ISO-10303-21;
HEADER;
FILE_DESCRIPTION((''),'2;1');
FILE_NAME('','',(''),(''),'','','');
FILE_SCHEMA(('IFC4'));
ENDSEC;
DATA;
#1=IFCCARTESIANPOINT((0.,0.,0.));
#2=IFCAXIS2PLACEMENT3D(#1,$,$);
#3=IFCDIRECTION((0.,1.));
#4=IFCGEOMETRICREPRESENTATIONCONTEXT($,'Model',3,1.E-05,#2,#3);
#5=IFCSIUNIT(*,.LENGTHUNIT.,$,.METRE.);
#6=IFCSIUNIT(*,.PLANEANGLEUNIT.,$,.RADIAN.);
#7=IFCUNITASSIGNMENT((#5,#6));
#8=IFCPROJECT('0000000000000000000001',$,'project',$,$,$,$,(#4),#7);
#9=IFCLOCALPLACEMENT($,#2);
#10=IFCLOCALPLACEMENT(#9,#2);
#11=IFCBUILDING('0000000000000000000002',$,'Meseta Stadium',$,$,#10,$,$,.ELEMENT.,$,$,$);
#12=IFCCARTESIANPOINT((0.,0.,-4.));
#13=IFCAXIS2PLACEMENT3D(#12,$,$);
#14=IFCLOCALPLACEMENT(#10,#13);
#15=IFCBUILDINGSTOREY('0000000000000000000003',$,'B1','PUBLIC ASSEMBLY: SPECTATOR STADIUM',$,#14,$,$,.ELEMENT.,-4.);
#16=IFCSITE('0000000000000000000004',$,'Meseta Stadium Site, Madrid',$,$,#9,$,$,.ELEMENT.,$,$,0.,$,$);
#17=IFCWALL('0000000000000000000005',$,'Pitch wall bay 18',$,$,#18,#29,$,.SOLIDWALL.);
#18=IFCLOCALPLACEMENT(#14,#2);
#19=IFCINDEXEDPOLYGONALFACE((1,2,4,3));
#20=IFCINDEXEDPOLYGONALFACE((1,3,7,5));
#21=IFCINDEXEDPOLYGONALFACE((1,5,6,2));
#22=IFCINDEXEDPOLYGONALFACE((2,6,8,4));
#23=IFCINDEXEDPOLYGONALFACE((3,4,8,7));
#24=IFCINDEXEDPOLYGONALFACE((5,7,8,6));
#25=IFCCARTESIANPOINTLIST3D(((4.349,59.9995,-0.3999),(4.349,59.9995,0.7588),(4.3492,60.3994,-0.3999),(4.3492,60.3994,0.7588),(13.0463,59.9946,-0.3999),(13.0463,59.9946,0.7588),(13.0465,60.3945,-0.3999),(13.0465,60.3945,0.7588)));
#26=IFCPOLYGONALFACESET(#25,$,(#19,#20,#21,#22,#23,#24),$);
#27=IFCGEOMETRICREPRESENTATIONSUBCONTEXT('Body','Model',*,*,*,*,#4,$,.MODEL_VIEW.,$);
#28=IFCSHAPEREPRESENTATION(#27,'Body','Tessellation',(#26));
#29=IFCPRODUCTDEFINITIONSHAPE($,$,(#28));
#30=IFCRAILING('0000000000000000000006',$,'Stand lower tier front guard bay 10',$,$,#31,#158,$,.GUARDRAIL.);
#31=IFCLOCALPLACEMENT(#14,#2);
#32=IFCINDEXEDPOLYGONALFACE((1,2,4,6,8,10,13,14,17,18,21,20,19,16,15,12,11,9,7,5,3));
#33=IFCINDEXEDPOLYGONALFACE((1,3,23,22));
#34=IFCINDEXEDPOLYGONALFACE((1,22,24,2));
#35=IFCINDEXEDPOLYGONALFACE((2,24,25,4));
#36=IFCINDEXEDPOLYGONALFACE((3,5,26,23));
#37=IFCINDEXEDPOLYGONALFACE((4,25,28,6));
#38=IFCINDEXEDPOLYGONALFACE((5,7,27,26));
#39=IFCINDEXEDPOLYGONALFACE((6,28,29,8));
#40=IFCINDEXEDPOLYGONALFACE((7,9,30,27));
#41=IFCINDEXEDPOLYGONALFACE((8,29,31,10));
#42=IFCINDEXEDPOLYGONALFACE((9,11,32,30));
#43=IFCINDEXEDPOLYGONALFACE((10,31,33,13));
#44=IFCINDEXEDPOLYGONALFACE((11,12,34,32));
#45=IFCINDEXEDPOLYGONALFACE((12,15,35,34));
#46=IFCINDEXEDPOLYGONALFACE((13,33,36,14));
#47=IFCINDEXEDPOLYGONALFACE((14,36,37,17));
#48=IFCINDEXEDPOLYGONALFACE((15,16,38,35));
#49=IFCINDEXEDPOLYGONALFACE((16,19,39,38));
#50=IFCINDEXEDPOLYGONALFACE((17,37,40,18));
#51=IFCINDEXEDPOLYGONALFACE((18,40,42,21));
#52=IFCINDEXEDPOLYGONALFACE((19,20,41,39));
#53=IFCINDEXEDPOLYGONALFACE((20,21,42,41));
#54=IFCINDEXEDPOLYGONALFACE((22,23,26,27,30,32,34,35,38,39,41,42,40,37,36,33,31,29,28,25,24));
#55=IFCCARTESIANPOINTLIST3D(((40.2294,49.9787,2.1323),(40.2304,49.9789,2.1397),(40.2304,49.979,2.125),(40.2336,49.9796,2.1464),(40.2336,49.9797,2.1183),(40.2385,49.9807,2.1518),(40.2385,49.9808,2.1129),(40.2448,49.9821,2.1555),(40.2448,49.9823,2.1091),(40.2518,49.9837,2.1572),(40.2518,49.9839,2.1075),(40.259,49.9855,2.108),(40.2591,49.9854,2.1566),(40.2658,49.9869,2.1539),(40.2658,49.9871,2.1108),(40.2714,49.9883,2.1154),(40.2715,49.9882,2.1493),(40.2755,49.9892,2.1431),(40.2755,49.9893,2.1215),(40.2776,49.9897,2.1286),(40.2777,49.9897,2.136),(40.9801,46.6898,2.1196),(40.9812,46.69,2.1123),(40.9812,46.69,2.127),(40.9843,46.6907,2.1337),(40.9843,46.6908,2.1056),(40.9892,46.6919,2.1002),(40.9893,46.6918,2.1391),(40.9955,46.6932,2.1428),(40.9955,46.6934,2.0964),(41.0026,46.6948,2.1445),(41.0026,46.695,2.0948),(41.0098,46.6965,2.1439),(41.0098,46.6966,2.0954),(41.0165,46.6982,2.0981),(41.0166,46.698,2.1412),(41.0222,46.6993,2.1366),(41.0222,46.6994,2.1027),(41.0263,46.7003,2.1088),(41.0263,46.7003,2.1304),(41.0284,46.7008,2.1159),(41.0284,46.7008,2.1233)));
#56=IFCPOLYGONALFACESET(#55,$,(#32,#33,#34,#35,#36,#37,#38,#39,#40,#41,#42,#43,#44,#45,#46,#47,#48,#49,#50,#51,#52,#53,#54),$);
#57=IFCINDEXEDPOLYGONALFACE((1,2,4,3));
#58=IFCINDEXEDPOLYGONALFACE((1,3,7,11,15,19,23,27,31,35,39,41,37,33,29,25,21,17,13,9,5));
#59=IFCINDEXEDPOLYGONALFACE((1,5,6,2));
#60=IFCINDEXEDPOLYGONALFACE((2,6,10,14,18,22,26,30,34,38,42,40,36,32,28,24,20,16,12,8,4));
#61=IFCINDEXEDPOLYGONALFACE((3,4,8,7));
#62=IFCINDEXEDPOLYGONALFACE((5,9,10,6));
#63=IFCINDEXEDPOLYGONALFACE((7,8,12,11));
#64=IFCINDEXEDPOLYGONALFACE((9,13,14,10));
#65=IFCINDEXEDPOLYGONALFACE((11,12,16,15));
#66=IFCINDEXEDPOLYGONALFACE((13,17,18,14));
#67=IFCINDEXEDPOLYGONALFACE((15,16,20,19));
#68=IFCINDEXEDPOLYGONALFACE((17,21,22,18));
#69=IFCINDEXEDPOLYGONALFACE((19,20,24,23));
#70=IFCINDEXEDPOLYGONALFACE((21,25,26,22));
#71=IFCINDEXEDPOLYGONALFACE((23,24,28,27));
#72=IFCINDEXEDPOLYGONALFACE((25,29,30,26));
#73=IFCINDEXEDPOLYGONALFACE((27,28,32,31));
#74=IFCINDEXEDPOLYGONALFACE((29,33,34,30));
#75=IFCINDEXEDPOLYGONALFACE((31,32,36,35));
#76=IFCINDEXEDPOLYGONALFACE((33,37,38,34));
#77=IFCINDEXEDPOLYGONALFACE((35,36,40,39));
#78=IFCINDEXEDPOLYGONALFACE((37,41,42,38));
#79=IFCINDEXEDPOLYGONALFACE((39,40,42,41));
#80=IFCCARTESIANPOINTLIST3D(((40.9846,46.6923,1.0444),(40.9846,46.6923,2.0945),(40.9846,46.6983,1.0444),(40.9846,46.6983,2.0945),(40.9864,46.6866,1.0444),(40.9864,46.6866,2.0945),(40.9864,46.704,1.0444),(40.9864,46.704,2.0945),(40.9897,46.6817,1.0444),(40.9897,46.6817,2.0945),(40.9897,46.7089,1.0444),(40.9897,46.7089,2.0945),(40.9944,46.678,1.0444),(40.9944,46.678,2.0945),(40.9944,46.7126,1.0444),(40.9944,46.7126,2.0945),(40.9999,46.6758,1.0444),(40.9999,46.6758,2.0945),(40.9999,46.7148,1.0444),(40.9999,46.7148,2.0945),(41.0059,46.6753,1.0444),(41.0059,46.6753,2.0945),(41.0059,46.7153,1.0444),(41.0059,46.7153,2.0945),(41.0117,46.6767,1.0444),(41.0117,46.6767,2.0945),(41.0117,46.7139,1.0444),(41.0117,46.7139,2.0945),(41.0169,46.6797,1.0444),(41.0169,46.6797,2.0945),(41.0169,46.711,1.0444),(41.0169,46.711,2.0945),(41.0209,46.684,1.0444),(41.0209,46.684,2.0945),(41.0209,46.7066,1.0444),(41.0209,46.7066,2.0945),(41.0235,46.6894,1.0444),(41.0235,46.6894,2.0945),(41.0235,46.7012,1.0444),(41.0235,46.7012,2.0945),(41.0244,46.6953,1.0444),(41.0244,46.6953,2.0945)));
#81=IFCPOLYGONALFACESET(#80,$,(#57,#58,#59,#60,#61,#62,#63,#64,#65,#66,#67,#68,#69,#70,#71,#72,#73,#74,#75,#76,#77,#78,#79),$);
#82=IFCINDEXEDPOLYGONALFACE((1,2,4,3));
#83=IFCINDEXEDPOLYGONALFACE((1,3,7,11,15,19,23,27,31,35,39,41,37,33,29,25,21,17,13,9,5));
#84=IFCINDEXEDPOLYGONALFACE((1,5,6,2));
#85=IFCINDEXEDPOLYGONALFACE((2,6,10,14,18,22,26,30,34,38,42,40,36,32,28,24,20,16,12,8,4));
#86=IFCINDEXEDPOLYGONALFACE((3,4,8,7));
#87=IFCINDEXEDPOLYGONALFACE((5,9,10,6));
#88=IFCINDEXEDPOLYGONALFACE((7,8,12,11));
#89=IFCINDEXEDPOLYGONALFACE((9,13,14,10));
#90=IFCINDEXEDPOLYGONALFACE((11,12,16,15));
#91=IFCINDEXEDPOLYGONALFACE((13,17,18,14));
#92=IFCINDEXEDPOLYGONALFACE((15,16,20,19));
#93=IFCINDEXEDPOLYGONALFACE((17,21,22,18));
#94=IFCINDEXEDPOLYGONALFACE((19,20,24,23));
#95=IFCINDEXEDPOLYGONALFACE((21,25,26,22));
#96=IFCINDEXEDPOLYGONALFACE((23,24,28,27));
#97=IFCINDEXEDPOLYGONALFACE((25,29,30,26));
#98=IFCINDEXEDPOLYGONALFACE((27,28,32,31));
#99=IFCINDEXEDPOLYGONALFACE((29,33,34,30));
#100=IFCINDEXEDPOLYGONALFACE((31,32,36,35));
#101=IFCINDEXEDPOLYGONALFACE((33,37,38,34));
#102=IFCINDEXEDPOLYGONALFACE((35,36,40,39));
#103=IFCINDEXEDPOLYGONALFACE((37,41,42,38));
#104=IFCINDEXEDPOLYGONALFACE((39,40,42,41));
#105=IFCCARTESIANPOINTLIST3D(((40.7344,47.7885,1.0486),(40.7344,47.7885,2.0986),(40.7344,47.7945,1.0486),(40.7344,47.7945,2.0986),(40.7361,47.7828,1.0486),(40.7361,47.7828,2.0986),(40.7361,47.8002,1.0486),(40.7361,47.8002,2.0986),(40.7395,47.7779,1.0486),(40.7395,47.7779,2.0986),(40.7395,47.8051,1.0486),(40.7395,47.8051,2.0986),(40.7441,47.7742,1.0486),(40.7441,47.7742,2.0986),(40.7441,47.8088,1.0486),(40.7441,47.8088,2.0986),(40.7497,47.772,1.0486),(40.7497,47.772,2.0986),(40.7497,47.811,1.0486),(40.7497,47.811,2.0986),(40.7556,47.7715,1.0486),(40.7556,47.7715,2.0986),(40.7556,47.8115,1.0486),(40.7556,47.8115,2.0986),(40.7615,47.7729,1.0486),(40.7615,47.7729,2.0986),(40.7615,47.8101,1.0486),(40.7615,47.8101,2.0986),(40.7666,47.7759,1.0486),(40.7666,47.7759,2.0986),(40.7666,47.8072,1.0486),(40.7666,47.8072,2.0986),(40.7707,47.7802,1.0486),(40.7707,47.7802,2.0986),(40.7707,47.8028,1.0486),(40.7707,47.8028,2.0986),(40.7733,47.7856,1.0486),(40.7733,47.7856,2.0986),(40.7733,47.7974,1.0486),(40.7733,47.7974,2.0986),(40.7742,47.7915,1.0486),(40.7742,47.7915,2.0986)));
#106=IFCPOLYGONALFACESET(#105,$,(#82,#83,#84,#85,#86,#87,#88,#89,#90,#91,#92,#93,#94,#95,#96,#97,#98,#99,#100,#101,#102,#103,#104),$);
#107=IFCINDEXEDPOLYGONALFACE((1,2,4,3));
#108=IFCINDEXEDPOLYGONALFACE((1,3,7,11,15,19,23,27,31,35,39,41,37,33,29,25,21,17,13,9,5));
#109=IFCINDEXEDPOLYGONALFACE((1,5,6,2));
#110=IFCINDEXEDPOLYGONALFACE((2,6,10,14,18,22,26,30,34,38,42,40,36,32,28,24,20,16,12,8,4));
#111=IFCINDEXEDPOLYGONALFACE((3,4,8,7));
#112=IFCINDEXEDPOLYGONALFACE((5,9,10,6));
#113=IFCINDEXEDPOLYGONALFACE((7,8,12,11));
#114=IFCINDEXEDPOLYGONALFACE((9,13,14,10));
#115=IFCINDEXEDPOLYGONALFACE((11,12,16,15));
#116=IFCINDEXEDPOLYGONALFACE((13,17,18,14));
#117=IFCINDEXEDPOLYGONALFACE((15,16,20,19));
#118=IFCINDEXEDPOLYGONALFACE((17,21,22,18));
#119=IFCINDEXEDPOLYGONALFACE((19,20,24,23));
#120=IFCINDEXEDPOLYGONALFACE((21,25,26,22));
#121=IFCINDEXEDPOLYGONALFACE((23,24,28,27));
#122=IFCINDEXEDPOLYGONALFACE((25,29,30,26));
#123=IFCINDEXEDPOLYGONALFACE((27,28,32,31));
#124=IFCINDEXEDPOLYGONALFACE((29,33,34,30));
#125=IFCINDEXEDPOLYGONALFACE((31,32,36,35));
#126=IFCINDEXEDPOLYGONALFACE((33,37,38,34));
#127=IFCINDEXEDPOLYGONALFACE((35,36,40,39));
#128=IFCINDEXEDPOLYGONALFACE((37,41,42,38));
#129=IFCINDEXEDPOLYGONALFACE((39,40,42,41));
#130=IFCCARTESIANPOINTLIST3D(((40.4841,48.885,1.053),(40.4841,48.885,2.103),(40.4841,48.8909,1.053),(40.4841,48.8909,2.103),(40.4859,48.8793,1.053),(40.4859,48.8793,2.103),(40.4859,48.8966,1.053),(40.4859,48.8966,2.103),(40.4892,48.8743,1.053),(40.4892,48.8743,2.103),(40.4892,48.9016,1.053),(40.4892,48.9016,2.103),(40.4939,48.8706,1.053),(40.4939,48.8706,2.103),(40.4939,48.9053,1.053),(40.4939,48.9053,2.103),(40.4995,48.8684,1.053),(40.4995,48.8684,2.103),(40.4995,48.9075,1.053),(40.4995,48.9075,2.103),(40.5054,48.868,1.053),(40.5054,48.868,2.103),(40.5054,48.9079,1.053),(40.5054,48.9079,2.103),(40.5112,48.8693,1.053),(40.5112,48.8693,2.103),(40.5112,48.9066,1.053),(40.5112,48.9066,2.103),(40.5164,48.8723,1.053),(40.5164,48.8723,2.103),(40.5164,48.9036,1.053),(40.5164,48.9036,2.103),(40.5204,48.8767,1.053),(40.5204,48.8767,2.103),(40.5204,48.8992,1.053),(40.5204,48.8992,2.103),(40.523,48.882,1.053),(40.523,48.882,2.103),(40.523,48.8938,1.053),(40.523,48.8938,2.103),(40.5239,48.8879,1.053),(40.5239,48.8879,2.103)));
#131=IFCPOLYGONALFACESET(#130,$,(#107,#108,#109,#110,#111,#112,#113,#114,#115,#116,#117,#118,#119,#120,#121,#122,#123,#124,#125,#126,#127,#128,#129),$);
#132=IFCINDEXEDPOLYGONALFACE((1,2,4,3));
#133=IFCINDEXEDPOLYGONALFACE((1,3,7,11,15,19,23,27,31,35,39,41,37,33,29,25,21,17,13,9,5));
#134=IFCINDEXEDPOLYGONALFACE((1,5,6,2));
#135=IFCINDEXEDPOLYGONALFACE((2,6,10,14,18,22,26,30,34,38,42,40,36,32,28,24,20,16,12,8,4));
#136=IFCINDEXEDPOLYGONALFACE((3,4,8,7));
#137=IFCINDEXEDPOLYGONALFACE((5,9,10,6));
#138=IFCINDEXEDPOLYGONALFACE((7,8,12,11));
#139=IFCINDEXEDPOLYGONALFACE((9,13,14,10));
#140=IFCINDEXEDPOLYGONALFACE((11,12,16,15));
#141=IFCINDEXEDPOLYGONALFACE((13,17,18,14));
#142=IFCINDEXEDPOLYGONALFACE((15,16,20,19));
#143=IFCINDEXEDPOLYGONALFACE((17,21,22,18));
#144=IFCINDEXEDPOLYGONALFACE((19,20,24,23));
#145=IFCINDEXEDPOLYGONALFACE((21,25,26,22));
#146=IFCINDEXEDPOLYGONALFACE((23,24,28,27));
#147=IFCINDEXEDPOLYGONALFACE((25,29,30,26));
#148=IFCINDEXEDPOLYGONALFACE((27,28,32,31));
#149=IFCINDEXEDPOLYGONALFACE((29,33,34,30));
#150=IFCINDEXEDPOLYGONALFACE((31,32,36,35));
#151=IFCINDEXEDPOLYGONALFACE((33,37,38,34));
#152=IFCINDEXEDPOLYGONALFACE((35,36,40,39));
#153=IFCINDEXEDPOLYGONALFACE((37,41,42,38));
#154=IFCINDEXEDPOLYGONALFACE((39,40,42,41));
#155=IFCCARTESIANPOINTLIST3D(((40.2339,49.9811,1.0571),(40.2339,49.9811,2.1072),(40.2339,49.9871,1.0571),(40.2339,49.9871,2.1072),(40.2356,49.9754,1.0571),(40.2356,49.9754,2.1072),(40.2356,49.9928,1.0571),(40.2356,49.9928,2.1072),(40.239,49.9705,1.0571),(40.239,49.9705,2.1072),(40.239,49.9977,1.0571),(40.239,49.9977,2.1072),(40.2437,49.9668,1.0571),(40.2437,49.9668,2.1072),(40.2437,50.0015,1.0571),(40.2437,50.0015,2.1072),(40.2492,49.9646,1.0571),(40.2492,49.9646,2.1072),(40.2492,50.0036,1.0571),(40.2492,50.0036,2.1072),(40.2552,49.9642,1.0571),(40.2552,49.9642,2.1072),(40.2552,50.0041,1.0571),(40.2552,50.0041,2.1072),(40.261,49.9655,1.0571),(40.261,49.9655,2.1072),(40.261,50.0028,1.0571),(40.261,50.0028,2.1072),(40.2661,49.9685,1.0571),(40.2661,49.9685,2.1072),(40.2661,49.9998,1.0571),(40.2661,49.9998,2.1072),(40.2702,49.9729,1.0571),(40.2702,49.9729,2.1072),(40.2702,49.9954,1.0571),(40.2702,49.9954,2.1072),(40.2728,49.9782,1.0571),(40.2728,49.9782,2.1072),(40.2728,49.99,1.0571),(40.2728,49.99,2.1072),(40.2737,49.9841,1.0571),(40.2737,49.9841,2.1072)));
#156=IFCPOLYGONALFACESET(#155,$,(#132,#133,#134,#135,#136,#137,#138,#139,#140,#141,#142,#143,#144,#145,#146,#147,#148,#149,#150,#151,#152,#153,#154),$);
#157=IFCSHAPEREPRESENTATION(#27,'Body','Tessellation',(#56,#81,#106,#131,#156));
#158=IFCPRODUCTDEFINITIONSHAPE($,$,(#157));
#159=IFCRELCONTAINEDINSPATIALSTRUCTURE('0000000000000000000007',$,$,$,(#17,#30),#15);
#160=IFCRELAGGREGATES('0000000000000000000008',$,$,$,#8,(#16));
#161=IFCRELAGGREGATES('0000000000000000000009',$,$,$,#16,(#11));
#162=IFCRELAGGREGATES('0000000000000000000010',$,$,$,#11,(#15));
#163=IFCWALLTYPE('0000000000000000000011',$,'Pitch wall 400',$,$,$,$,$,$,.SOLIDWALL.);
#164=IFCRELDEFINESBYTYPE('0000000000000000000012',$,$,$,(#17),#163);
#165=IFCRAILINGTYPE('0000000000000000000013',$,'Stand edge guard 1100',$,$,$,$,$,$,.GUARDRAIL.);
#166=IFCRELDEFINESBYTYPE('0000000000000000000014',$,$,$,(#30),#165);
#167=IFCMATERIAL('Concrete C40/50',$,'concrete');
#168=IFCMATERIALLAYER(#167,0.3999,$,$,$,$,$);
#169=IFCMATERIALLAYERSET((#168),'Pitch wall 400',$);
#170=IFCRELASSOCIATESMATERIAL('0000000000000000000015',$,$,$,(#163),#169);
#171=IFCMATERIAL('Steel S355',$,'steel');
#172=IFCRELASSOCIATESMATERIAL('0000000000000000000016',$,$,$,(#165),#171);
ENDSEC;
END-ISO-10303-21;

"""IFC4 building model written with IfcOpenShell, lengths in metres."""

from ifc_helpers import new_model, si_unit, direction, frame, frame_2d, origin, origin_2d, place, context, subcontext, project, spatial, rectangle, circle, extrude, material, layer, layer_set, type_object, element, save


model = new_model("IFC4")

# Units and contexts
model_context = context("Model", 3, precision=1e-05, world=origin(), true_north=direction((0.0, 1.0)))
body_context = subcontext(model_context, "Body", "Model", "MODEL_VIEW")
ifc_project = project(units=[si_unit("LENGTHUNIT", "METRE"), si_unit("PLANEANGLEUNIT", "RADIAN")], contexts=[model_context])

# Site, building, storey
site_placement = place(None, origin())
site = spatial("IfcSite", under=ifc_project, at=site_placement, Name="Meseta Stadium Site, Madrid", CompositionType="ELEMENT", RefElevation=0.0)
building_placement = place(site_placement, origin())
building = spatial("IfcBuilding", under=site, at=building_placement, Name="Meseta Stadium", CompositionType="ELEMENT")
storey_placement = place(building_placement, frame((0.0, 0.0, -4.0)))
storey = spatial("IfcBuildingStorey", under=building, at=storey_placement, Name="B1", Description="PUBLIC ASSEMBLY: SPECTATOR STADIUM", CompositionType="ELEMENT", Elevation=-4.0)

# Wall
ifc_material_1 = material(Name="Concrete C40/50", Category="concrete")
ifc_layer_1 = layer(ifc_material_1, 0.3999)
ifc_layer_set_1 = layer_set([ifc_layer_1], Name="Pitch wall 400")
wall_type_1 = type_object("IfcWallType", Name="Pitch wall 400", PredefinedType="SOLIDWALL", material=ifc_layer_set_1)
wall_1_placement = place(storey_placement, frame((13.0464, 60.1946, -0.3999), z_axis=(0.0, 0.0, 1.0), x_axis=(-1.0, 0.000561, 0.0)))
element("IfcWall", 1, at=wall_1_placement, inside=storey, type_object=wall_type_1, Name="Pitch wall bay 18", PredefinedType="SOLIDWALL", context=body_context, shape_type="SweptSolid", body=[
    extrude(rectangle(XDim=8.6973, YDim=0.3999, at=frame_2d((4.3486, 0.0))), origin(), (0.0, 0.0, 1.0), 1.1587),
])

# Railing
ifc_material_2 = material(Name="Steel S355", Category="steel")
railing_type = type_object("IfcRailingType", Name="Stand edge guard 1100", PredefinedType="GUARDRAIL", material=ifc_material_2)
railing_1_placement = place(storey_placement, frame((41.0044, 46.6953, 1.0444)))
element("IfcRailing", 2, at=railing_1_placement, inside=storey, type_object=railing_type, Name="Stand lower tier front guard bay 10", PredefinedType="GUARDRAIL", context=body_context, shape_type="SweptSolid", body=[
    extrude(circle(Radius=0.0249, at=origin_2d()), frame((0.0, 0.0, 1.0752), z_axis=(-0.222542, 0.974916, 0.003763), x_axis=(-0.974923, -0.222544, 0.0)), (0.0, 0.0, 1.0), 3.3735),
    extrude(circle(Radius=0.02, at=origin_2d()), origin(), (0.0, 0.0, 1.0), 1.05),
    extrude(circle(Radius=0.02, at=origin_2d()), frame((-0.2502, 1.0962, 0.0042)), (0.0, 0.0, 1.0), 1.05),
    extrude(circle(Radius=0.02, at=origin_2d()), frame((-0.5005, 2.1926, 0.0085)), (0.0, 0.0, 1.0), 1.05),
    extrude(circle(Radius=0.02, at=origin_2d()), frame((-0.7507, 3.2888, 0.0127)), (0.0, 0.0, 1.0), 1.05),
])

save(model, "model.ifc")
